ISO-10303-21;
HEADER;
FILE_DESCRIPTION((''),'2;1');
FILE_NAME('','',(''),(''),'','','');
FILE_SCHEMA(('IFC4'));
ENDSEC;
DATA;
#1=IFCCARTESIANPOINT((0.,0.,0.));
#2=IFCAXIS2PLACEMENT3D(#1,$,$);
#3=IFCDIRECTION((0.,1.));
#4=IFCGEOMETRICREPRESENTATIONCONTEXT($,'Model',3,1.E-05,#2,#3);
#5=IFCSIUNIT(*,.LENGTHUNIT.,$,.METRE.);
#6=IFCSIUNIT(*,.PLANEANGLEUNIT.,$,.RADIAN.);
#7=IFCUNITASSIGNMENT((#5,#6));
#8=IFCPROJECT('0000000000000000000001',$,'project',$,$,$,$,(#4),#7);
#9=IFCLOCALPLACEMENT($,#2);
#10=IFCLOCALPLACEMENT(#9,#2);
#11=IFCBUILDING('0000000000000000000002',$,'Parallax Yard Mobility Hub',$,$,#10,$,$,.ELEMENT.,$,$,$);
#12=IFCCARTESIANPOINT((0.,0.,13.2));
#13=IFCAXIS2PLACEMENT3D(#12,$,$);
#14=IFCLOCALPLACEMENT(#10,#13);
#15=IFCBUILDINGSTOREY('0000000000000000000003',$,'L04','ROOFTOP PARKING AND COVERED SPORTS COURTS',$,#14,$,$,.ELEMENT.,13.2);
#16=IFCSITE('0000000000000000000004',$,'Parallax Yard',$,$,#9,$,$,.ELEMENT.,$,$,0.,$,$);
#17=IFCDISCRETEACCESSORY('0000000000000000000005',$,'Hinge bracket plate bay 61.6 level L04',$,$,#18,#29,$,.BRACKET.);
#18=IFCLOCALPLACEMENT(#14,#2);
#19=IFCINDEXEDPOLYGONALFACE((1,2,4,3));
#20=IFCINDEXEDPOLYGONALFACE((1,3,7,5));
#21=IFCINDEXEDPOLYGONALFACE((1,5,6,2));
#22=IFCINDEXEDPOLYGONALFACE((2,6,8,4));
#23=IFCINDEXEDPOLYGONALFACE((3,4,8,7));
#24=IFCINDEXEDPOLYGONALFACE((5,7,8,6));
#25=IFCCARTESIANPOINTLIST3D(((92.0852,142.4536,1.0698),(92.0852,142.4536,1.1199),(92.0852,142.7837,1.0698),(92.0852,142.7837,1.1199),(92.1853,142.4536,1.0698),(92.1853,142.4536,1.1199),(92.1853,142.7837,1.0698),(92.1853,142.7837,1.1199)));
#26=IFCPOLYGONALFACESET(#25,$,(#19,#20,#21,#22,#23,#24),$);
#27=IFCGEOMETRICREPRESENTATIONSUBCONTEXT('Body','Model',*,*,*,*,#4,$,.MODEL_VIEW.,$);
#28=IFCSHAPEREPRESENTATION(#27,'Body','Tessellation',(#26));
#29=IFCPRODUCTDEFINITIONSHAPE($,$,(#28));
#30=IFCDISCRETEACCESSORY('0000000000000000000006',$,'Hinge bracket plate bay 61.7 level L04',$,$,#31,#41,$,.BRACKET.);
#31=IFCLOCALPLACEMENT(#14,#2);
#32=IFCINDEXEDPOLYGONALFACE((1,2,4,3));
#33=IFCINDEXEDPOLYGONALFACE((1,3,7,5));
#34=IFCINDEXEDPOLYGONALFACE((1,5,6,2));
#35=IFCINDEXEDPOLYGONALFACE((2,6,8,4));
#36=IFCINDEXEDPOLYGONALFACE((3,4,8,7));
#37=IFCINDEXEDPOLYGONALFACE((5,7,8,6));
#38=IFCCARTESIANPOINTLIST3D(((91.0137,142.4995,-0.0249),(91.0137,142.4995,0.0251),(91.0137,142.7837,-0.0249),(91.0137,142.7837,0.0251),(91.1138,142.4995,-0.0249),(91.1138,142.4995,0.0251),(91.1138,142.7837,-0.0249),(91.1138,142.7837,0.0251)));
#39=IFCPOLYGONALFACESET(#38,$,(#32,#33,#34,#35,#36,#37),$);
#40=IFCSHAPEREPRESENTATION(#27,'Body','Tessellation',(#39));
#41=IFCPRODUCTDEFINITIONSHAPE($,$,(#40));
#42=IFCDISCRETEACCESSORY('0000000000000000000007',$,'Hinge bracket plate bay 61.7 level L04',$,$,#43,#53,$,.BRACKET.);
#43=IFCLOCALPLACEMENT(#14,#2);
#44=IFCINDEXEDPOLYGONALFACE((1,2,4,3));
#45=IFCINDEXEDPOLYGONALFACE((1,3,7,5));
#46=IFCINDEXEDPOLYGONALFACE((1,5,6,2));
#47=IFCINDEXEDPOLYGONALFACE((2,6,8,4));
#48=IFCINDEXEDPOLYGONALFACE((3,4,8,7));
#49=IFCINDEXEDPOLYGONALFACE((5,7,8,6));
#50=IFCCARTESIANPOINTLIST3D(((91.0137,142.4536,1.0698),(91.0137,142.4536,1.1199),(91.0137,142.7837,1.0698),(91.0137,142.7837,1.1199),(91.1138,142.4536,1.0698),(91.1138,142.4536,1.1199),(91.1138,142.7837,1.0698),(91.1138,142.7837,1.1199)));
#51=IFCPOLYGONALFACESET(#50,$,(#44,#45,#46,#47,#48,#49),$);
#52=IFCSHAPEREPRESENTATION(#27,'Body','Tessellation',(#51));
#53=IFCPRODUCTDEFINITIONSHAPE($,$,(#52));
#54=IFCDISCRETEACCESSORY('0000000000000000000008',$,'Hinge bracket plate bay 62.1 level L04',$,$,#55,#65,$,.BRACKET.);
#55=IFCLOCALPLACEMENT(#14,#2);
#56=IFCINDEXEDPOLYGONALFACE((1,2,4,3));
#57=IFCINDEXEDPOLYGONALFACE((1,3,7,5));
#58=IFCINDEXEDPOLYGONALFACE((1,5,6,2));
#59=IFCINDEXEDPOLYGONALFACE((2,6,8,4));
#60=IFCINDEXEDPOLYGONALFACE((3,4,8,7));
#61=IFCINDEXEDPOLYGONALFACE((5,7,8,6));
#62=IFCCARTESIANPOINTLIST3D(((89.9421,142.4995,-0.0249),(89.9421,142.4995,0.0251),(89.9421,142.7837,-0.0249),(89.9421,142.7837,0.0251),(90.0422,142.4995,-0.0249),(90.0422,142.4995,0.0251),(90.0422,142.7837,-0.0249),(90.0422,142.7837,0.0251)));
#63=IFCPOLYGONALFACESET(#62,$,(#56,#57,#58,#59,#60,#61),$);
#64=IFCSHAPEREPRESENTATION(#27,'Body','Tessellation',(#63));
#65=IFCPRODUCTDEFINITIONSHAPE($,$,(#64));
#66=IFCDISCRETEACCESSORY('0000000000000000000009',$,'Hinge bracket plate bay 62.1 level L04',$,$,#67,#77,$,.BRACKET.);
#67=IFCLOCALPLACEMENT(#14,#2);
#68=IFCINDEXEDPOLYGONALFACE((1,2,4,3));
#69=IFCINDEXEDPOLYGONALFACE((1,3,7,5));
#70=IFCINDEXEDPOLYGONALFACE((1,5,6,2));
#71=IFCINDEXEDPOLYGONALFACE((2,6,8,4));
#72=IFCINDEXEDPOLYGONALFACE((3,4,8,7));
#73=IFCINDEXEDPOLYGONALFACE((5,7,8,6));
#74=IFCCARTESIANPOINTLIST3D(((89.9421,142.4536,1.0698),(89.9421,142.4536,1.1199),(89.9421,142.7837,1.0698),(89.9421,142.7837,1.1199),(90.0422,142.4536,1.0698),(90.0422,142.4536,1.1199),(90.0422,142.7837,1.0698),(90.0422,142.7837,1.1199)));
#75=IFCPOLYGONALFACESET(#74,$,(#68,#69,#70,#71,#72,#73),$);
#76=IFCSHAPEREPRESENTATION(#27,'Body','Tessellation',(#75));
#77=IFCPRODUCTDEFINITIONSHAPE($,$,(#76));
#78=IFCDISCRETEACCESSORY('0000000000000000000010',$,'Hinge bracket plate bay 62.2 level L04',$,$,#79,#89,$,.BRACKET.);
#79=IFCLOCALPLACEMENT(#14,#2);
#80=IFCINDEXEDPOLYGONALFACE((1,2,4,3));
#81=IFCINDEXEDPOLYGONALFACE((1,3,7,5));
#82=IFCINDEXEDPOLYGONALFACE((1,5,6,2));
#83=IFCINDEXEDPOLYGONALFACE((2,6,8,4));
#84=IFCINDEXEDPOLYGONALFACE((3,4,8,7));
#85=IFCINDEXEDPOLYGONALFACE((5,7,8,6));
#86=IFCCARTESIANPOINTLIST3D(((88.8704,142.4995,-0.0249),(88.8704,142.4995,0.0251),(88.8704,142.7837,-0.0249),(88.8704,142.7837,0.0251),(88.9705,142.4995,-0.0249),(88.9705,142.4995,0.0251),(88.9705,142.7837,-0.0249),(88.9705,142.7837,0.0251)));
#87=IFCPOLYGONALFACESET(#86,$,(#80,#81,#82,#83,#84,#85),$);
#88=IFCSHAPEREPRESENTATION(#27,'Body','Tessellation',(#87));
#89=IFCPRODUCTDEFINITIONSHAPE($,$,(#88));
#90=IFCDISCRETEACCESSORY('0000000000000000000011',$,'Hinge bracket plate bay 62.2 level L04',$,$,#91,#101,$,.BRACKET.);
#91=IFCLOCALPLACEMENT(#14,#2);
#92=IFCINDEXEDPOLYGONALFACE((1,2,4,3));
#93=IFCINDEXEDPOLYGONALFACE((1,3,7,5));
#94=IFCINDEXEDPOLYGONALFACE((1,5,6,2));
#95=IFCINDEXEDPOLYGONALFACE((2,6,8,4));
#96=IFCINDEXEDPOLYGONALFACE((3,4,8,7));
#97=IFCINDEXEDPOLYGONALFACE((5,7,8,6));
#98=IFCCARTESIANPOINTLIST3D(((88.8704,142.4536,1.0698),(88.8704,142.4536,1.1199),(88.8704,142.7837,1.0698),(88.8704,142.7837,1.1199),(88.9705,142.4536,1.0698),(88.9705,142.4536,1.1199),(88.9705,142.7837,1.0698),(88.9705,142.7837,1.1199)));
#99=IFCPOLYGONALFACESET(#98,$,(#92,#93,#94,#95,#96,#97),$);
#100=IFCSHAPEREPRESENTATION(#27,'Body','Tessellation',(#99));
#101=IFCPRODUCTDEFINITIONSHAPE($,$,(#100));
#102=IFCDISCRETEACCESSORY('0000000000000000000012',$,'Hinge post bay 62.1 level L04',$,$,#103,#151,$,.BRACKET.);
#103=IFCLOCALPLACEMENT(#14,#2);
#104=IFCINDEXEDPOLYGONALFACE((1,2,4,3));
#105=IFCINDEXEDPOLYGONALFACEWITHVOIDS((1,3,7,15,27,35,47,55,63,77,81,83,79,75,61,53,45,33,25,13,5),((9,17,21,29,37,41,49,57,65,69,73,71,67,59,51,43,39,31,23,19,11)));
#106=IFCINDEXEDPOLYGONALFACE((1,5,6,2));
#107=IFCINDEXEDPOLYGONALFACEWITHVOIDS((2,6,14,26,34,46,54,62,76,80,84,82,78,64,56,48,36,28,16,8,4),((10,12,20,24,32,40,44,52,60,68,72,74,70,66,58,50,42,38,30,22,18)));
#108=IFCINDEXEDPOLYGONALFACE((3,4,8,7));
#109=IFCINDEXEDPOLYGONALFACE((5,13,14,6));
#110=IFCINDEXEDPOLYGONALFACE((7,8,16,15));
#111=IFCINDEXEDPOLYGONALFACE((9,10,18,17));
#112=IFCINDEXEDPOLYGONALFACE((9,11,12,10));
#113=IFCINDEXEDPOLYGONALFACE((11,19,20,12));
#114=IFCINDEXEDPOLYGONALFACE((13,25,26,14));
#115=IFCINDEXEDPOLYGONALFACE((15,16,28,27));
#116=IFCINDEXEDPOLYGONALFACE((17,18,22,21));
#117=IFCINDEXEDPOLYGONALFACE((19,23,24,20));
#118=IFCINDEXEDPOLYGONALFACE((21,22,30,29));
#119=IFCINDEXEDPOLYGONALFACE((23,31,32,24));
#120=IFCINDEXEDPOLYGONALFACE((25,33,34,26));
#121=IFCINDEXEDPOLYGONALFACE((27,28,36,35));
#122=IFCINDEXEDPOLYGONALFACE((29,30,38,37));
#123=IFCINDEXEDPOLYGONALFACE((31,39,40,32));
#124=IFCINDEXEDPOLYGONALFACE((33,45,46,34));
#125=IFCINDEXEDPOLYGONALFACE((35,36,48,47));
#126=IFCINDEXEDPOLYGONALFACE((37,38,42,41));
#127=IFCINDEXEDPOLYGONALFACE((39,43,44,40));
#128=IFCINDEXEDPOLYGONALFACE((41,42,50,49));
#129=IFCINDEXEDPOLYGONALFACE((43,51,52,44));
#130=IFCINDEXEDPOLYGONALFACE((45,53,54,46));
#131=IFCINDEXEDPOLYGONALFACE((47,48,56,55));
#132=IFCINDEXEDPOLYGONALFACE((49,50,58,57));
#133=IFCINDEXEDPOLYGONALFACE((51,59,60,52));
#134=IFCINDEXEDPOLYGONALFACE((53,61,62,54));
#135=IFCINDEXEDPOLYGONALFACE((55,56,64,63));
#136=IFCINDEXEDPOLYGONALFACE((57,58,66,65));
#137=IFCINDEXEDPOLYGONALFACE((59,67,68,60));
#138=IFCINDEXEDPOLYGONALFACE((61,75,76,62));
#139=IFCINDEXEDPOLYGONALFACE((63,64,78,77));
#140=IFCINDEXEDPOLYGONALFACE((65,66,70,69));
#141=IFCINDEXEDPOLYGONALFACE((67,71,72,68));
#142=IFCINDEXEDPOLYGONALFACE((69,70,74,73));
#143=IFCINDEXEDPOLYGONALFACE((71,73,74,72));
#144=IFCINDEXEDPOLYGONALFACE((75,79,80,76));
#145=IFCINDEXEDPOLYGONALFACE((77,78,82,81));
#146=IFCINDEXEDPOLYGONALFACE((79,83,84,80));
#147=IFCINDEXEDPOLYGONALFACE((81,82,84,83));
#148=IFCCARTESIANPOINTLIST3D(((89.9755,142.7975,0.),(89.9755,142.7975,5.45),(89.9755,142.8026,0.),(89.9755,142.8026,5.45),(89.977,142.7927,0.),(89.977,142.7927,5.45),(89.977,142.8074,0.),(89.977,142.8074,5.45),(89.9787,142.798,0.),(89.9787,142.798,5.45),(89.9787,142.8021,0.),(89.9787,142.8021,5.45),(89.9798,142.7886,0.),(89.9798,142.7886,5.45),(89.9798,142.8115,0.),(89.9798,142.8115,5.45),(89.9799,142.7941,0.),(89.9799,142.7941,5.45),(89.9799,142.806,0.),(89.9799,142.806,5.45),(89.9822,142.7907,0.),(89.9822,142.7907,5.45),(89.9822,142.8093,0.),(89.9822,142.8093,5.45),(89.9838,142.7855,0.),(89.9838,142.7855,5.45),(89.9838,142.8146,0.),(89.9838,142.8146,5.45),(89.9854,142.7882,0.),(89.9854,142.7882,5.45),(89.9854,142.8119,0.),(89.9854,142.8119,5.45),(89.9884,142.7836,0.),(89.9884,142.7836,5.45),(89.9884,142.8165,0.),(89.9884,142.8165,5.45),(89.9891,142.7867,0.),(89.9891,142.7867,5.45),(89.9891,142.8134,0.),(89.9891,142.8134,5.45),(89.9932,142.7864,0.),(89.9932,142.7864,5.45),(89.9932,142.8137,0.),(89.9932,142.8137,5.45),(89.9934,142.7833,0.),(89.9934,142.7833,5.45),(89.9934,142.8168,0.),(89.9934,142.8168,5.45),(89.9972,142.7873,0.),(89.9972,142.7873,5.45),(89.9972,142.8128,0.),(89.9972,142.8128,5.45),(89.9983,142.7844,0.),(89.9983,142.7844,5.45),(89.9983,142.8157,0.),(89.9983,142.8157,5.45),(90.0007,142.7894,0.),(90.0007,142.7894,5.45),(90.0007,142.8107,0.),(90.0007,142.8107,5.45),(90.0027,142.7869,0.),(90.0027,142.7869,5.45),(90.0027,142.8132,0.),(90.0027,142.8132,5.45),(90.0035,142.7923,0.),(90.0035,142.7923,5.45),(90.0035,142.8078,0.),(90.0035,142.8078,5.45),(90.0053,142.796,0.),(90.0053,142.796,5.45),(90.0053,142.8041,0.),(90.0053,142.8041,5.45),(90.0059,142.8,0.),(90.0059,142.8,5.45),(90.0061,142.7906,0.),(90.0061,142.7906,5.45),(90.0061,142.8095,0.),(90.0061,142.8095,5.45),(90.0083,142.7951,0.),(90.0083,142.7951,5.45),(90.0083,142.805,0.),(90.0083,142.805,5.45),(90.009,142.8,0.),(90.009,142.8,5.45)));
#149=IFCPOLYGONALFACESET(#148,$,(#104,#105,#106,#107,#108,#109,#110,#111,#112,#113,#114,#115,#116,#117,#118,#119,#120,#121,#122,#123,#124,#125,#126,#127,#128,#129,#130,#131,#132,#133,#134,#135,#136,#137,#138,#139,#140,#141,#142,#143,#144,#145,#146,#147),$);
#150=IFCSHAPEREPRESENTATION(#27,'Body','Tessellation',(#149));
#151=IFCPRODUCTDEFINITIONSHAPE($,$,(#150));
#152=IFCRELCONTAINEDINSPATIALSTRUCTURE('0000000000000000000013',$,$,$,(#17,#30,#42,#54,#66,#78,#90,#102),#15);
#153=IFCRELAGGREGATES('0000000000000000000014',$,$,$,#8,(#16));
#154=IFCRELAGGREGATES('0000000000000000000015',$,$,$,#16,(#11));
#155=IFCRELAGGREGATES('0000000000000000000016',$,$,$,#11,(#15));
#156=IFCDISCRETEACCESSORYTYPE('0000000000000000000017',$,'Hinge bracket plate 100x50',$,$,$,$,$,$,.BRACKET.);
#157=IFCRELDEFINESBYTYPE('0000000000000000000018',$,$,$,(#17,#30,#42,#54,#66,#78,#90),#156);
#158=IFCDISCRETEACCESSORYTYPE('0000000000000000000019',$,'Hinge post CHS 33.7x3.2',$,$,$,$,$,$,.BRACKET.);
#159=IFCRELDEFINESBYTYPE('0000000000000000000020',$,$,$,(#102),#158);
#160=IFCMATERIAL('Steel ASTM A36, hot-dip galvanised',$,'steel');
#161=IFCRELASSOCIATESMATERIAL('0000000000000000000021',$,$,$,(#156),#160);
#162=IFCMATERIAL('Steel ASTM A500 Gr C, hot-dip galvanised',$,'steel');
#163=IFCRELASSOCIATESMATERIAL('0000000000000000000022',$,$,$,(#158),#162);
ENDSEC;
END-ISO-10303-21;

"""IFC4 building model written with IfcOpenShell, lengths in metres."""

from ifc_helpers import new_model, si_unit, direction, frame, origin, origin_2d, place, context, subcontext, project, spatial, rectangle, hollow_circle, extrude, material, material_profile, profile_set, type_object, element, save


model = new_model("IFC4")

# Units and contexts
model_context = context("Model", 3, precision=1e-05, world=origin(), true_north=direction((0.0, 1.0)))
body_context = subcontext(model_context, "Body", "Model", "MODEL_VIEW")
ifc_project = project(units=[si_unit("LENGTHUNIT", "METRE"), si_unit("PLANEANGLEUNIT", "RADIAN")], contexts=[model_context])

# Site, building, storey
site_placement = place(None, origin())
site = spatial("IfcSite", under=ifc_project, at=site_placement, Name="Parallax Yard", CompositionType="ELEMENT", RefElevation=0.0)
building_placement = place(site_placement, origin())
building = spatial("IfcBuilding", under=site, at=building_placement, Name="Parallax Yard Mobility Hub", CompositionType="ELEMENT")
storey_placement = place(building_placement, frame((0.0, 0.0, 13.2)))
storey = spatial("IfcBuildingStorey", under=building, at=storey_placement, Name="L04", Description="ROOFTOP PARKING AND COVERED SPORTS COURTS", CompositionType="ELEMENT", Elevation=13.2)

# Discrete accessories
ifc_material_1 = material(Name="Steel ASTM A36, hot-dip galvanised", Category="steel")
discrete_accessory_type_1 = type_object("IfcDiscreteAccessoryType", Name="Hinge bracket plate 100x50", PredefinedType="BRACKET", material=ifc_material_1)
discrete_accessory_1_placement = place(storey_placement, frame((92.1353, 142.6187, 1.0698), z_axis=(0.0, 0.0, 1.0), x_axis=(0.0, 1.0, 0.0)))
element("IfcDiscreteAccessory", 1, at=discrete_accessory_1_placement, inside=storey, type_object=discrete_accessory_type_1, Name="Hinge bracket plate bay 61.6 level L04", PredefinedType="BRACKET", context=body_context, shape_type="SweptSolid", body=[
    extrude(rectangle(XDim=0.3301, YDim=0.1001, at=origin_2d()), origin(), (0.0, 0.0, 1.0), 0.05),
])
discrete_accessory_2_placement = place(storey_placement, frame((91.0637, 142.6416, -0.0249), z_axis=(0.0, 0.0, 1.0), x_axis=(0.0, 1.0, 0.0)))
element("IfcDiscreteAccessory", 2, at=discrete_accessory_2_placement, inside=storey, type_object=discrete_accessory_type_1, Name="Hinge bracket plate bay 61.7 level L04", PredefinedType="BRACKET", context=body_context, shape_type="SweptSolid", body=[
    extrude(rectangle(XDim=0.2842, YDim=0.1001, at=origin_2d()), origin(), (0.0, 0.0, 1.0), 0.05),
])
discrete_accessory_3_placement = place(storey_placement, frame((91.0637, 142.6187, 1.0698), z_axis=(0.0, 0.0, 1.0), x_axis=(0.0, 1.0, 0.0)))
element("IfcDiscreteAccessory", 3, at=discrete_accessory_3_placement, inside=storey, type_object=discrete_accessory_type_1, Name="Hinge bracket plate bay 61.7 level L04", PredefinedType="BRACKET", context=body_context, shape_type="SweptSolid", body=[
    extrude(rectangle(XDim=0.3301, YDim=0.1001, at=origin_2d()), origin(), (0.0, 0.0, 1.0), 0.05),
])
discrete_accessory_4_placement = place(storey_placement, frame((89.9922, 142.6416, -0.0249), z_axis=(0.0, 0.0, 1.0), x_axis=(0.0, 1.0, 0.0)))
element("IfcDiscreteAccessory", 4, at=discrete_accessory_4_placement, inside=storey, type_object=discrete_accessory_type_1, Name="Hinge bracket plate bay 62.1 level L04", PredefinedType="BRACKET", context=body_context, shape_type="SweptSolid", body=[
    extrude(rectangle(XDim=0.2842, YDim=0.1001, at=origin_2d()), origin(), (0.0, 0.0, 1.0), 0.05),
])
discrete_accessory_5_placement = place(storey_placement, frame((89.9922, 142.6187, 1.0698), z_axis=(0.0, 0.0, 1.0), x_axis=(0.0, 1.0, 0.0)))
element("IfcDiscreteAccessory", 5, at=discrete_accessory_5_placement, inside=storey, type_object=discrete_accessory_type_1, Name="Hinge bracket plate bay 62.1 level L04", PredefinedType="BRACKET", context=body_context, shape_type="SweptSolid", body=[
    extrude(rectangle(XDim=0.3301, YDim=0.1001, at=origin_2d()), origin(), (0.0, 0.0, 1.0), 0.05),
])
discrete_accessory_6_placement = place(storey_placement, frame((88.9204, 142.6416, -0.0249), z_axis=(0.0, 0.0, 1.0), x_axis=(0.0, 1.0, 0.0)))
element("IfcDiscreteAccessory", 6, at=discrete_accessory_6_placement, inside=storey, type_object=discrete_accessory_type_1, Name="Hinge bracket plate bay 62.2 level L04", PredefinedType="BRACKET", context=body_context, shape_type="SweptSolid", body=[
    extrude(rectangle(XDim=0.2842, YDim=0.1001, at=origin_2d()), origin(), (0.0, 0.0, 1.0), 0.05),
])
discrete_accessory_7_placement = place(storey_placement, frame((88.9204, 142.6187, 1.0698), z_axis=(0.0, 0.0, 1.0), x_axis=(0.0, 1.0, 0.0)))
element("IfcDiscreteAccessory", 7, at=discrete_accessory_7_placement, inside=storey, type_object=discrete_accessory_type_1, Name="Hinge bracket plate bay 62.2 level L04", PredefinedType="BRACKET", context=body_context, shape_type="SweptSolid", body=[
    extrude(rectangle(XDim=0.3301, YDim=0.1001, at=origin_2d()), origin(), (0.0, 0.0, 1.0), 0.05),
])
ifc_material_2 = material(Name="Steel ASTM A500 Gr C, hot-dip galvanised", Category="steel")
ifc_material_profile_1 = material_profile(ifc_material_2, hollow_circle(Radius=0.0168, WallThickness=0.0032, at=origin_2d()), Name="CHS 33.7x3.2")
ifc_profile_set_1 = profile_set([ifc_material_profile_1], Name="Steel ASTM A500 Gr C, hot-dip galvanised")
discrete_accessory_type_2 = type_object("IfcDiscreteAccessoryType", Name="Hinge post CHS 33.7x3.2", PredefinedType="BRACKET", material=ifc_profile_set_1)
discrete_accessory_8_placement = place(storey_placement, frame((89.9922, 142.8, 0.0), z_axis=(0.0, 0.0, 1.0), x_axis=(1.0, 0.0, 0.0)))
element("IfcDiscreteAccessory", 8, at=discrete_accessory_8_placement, inside=storey, type_object=discrete_accessory_type_2, Name="Hinge post bay 62.1 level L04", PredefinedType="BRACKET", context=body_context, shape_type="SweptSolid", body=[
    extrude(hollow_circle(Radius=0.0168, WallThickness=0.0032, at=origin_2d()), origin(), (0.0, 0.0, 1.0), 5.45),
])

save(model, "model.ifc")
